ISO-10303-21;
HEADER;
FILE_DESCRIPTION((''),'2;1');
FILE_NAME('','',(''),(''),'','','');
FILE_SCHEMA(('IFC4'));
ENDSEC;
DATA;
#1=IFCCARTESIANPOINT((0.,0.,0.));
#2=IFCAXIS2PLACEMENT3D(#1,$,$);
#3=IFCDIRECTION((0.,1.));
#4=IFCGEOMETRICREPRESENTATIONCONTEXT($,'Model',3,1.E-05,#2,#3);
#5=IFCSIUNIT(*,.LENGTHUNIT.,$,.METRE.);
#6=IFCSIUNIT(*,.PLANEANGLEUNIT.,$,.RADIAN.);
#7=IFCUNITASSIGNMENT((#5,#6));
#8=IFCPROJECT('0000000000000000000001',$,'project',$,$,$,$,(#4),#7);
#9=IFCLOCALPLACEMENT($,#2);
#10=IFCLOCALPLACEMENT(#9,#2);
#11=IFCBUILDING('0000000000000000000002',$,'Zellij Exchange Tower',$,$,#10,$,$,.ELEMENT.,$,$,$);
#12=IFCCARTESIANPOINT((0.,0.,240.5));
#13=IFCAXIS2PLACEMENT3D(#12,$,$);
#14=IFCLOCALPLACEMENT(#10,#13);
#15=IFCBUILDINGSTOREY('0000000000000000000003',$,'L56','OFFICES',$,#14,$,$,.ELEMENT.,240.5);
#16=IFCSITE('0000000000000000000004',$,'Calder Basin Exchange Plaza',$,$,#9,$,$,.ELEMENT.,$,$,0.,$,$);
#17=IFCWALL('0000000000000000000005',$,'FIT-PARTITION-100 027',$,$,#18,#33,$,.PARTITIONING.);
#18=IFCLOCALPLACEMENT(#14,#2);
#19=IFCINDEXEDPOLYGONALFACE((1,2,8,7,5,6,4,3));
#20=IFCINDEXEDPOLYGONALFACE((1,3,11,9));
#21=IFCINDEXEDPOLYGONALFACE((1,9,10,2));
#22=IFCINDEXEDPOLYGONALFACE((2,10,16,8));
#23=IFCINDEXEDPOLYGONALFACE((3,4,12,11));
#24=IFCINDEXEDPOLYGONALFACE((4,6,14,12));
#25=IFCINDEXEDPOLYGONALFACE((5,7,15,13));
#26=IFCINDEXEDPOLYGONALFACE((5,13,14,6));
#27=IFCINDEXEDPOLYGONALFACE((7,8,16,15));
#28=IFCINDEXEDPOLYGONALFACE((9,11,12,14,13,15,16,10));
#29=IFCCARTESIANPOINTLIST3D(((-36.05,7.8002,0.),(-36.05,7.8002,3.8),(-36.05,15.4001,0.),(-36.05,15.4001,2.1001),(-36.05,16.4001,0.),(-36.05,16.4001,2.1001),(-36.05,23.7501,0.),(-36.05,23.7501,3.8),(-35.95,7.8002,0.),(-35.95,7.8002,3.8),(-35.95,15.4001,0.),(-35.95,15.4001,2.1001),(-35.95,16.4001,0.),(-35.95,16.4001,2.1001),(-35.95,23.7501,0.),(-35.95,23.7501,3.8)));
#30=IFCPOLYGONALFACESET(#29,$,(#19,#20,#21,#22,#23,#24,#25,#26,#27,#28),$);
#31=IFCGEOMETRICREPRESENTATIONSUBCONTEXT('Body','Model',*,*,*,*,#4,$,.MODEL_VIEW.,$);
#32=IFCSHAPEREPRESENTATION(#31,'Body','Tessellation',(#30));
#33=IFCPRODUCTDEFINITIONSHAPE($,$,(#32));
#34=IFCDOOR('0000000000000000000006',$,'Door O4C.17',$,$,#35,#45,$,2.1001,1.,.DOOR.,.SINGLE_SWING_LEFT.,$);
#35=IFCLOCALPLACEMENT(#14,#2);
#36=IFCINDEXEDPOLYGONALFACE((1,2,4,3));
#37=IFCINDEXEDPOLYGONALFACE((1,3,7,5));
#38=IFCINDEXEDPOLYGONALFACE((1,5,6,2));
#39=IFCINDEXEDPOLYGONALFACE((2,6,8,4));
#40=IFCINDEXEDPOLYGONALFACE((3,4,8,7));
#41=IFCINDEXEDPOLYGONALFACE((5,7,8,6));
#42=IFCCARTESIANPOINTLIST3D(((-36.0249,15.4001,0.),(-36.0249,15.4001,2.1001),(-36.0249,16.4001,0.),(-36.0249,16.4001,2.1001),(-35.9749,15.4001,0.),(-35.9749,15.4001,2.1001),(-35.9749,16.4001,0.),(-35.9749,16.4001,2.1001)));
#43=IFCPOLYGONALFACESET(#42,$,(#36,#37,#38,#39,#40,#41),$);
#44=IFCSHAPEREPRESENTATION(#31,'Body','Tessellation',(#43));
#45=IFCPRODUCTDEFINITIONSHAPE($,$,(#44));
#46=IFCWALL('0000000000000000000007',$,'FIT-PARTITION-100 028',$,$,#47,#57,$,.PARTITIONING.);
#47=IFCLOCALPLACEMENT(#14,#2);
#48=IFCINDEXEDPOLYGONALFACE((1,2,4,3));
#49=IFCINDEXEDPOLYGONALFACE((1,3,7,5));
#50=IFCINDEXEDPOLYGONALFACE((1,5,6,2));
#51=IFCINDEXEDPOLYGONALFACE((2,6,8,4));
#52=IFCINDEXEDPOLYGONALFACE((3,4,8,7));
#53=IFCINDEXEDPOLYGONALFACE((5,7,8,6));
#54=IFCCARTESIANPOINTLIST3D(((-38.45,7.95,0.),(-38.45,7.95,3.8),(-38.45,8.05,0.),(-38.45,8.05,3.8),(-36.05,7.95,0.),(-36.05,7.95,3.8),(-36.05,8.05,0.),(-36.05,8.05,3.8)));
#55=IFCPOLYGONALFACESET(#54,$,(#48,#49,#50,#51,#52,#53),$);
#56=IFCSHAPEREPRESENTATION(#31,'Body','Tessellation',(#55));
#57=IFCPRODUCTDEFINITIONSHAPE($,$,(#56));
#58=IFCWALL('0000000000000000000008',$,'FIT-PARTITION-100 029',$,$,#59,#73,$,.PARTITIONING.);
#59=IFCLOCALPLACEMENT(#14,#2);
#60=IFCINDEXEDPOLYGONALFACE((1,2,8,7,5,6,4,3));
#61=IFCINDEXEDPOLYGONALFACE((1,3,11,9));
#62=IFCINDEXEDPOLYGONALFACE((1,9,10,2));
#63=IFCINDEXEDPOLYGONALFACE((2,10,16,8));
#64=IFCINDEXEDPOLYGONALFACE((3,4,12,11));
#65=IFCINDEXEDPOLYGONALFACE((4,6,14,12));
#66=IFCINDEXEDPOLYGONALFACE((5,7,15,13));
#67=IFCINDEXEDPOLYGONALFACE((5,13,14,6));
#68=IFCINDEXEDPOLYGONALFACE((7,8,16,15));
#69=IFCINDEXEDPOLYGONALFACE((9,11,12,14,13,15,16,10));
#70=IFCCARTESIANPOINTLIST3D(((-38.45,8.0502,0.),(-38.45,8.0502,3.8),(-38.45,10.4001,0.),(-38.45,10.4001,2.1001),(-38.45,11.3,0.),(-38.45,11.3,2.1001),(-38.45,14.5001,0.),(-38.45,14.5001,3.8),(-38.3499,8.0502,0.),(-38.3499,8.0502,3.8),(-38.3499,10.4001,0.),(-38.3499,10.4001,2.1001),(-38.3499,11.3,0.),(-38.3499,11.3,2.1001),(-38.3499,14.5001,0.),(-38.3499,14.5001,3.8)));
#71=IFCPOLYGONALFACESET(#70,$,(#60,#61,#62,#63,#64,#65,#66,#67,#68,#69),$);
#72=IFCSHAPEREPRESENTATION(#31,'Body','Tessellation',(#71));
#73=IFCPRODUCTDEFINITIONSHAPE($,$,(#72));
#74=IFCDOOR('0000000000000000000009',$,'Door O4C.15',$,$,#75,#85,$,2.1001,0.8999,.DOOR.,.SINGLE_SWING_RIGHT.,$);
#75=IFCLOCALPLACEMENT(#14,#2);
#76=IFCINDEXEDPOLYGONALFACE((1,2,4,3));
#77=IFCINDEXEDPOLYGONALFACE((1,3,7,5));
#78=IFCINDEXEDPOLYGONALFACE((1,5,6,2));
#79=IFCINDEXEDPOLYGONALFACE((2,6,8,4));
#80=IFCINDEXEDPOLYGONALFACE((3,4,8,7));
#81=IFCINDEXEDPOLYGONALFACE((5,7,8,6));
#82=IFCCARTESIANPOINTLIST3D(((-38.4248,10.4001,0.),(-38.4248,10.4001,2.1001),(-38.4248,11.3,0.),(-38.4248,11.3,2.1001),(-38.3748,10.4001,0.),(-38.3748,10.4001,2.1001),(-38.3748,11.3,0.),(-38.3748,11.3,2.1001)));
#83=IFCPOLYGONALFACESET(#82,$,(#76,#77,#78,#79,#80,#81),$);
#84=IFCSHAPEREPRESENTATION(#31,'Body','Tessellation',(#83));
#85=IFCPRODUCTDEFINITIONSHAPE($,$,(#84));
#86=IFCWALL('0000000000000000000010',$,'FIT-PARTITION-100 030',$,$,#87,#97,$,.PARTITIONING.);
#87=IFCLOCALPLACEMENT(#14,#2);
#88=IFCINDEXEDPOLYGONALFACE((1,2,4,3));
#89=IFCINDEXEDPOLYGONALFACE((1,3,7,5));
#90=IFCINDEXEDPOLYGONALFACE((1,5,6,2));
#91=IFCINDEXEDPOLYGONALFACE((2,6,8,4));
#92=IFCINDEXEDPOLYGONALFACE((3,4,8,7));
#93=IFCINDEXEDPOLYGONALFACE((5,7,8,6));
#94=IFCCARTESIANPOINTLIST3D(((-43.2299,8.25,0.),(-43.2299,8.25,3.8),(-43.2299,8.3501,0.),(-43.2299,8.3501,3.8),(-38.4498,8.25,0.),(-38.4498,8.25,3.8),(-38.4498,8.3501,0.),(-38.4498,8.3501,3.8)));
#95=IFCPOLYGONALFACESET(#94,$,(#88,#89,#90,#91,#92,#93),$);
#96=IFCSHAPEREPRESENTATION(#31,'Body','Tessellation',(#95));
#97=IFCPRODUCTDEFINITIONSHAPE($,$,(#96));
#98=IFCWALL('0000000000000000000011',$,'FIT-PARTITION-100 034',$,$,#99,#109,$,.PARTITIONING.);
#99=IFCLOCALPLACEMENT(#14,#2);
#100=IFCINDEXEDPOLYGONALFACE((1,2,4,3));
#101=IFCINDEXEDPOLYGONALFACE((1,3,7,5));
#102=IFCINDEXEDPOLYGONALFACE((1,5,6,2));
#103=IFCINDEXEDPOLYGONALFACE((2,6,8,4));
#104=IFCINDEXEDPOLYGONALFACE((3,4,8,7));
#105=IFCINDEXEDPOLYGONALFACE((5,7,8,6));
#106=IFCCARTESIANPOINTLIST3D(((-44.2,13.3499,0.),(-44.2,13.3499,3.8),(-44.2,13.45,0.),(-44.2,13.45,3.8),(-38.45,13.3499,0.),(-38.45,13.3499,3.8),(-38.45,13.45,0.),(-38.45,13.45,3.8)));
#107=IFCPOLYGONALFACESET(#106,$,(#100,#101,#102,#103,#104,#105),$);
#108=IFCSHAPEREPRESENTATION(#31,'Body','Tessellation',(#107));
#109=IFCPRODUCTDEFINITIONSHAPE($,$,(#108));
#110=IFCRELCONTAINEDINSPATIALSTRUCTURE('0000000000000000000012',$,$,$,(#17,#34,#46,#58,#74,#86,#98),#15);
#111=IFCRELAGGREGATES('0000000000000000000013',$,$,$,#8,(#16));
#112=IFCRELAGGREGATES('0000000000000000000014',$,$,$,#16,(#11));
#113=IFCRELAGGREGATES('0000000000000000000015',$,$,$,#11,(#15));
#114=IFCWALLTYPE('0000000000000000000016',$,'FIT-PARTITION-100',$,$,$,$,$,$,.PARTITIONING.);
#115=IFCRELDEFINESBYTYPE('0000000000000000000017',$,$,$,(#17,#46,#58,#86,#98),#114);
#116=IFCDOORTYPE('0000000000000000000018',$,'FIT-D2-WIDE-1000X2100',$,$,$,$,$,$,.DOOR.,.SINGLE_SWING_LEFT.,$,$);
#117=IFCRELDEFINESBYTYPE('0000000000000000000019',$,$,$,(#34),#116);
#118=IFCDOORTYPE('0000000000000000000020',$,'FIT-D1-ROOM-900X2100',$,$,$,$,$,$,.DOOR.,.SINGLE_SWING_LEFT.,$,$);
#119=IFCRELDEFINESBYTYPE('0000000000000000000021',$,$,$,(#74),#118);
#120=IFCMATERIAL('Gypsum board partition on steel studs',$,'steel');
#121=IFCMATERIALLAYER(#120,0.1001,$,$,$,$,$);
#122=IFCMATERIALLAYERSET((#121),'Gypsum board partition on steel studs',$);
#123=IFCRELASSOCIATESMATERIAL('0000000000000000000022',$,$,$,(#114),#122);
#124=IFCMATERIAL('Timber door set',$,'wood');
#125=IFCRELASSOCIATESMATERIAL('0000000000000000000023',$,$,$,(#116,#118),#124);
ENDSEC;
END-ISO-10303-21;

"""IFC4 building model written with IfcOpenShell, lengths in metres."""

from ifc_helpers import new_model, si_unit, direction, frame, frame_2d, origin, place, context, subcontext, project, spatial, rectangle, extrude, material, layer, layer_set, type_object, element, fill, save


model = new_model("IFC4")

# Units and contexts
model_context = context("Model", 3, precision=1e-05, world=origin(), true_north=direction((0.0, 1.0)))
body_context = subcontext(model_context, "Body", "Model", "MODEL_VIEW")
ifc_project = project(units=[si_unit("LENGTHUNIT", "METRE"), si_unit("PLANEANGLEUNIT", "RADIAN")], contexts=[model_context])

# Site, building, storey
site_placement = place(None, origin())
site = spatial("IfcSite", under=ifc_project, at=site_placement, Name="Calder Basin Exchange Plaza", CompositionType="ELEMENT", RefElevation=0.0)
building_placement = place(site_placement, origin())
building = spatial("IfcBuilding", under=site, at=building_placement, Name="Zellij Exchange Tower", CompositionType="ELEMENT")
storey_placement = place(building_placement, frame((0.0, 0.0, 240.5)))
storey = spatial("IfcBuildingStorey", under=building, at=storey_placement, Name="L56", Description="OFFICES", CompositionType="ELEMENT", Elevation=240.5)

# Shared definitions
ifc_material_1 = material(Name="Timber door set", Category="wood")

# Wall, opening, door
ifc_material_2 = material(Name="Gypsum board partition on steel studs", Category="steel")
ifc_layer_1 = layer(ifc_material_2, 0.1001)
ifc_layer_set_1 = layer_set([ifc_layer_1], Name="Gypsum board partition on steel studs")
wall_type_1 = type_object("IfcWallType", Name="FIT-PARTITION-100", PredefinedType="PARTITIONING", material=ifc_layer_set_1)
wall_1_placement = place(storey_placement, frame((-36.0, 7.8, 0.0), z_axis=(0.0, 0.0, 1.0), x_axis=(0.0, 1.0, 0.0)))
wall_1 = element("IfcWall", 1, at=wall_1_placement, inside=storey, type_object=wall_type_1, Name="FIT-PARTITION-100 027", PredefinedType="PARTITIONING", context=body_context, shape_type="SweptSolid", body=[
    extrude(rectangle(XDim=15.95, YDim=0.1001, at=frame_2d((7.9751, 0.0))), origin(), (0.0, 0.0, 1.0), 3.8),
])
opening_1_placement = place(wall_1_placement, frame((7.6001, 0.0, 0.0)))
opening_1 = element("IfcOpeningElement", 2, at=opening_1_placement, cuts=wall_1, PredefinedType="OPENING", context=body_context, shape_type="SweptSolid", body=[
    extrude(rectangle(XDim=1.0, YDim=2.1001, at=frame_2d((0.5, 1.05))), frame((0.0, 0.062, 0.0), z_axis=(0.0, -1.0, 0.0), x_axis=(1.0, 0.0, 0.0)), (0.0, 0.0, 1.0), 0.124),
])
door_type_1 = type_object("IfcDoorType", Name="FIT-D2-WIDE-1000X2100", OperationType="SINGLE_SWING_LEFT", PredefinedType="DOOR", material=ifc_material_1)
door_1_placement = place(opening_1_placement, origin())
door_1 = element("IfcDoor", 3, at=door_1_placement, inside=storey, type_object=door_type_1, Name="Door O4C.17", OperationType="SINGLE_SWING_LEFT", OverallHeight=2.1001, OverallWidth=1.0, PredefinedType="DOOR", context=body_context, shape_type="SweptSolid", body=[
    extrude(rectangle(XDim=1.0, YDim=2.1001, at=frame_2d((0.5, 1.05))), frame((0.0, 0.0249, 0.0), z_axis=(0.0, -1.0, 0.0), x_axis=(1.0, 0.0, 0.0)), (0.0, 0.0, 1.0), 0.05),
])
fill(opening_1, door_1)

# Wall
wall_2_placement = place(storey_placement, frame((-38.45, 8.0, 0.0), z_axis=(0.0, 0.0, 1.0), x_axis=(1.0, 0.0, 0.0)))
element("IfcWall", 4, at=wall_2_placement, inside=storey, type_object=wall_type_1, Name="FIT-PARTITION-100 028", PredefinedType="PARTITIONING", context=body_context, shape_type="SweptSolid", body=[
    extrude(rectangle(XDim=2.3999, YDim=0.1001, at=frame_2d((1.2, 0.0))), origin(), (0.0, 0.0, 1.0), 3.8),
])

# Wall, opening, door
wall_3_placement = place(storey_placement, frame((-38.3999, 8.05, 0.0), z_axis=(0.0, 0.0, 1.0), x_axis=(0.0, 1.0, 0.0)))
wall_3 = element("IfcWall", 5, at=wall_3_placement, inside=storey, type_object=wall_type_1, Name="FIT-PARTITION-100 029", PredefinedType="PARTITIONING", context=body_context, shape_type="SweptSolid", body=[
    extrude(rectangle(XDim=6.45, YDim=0.1001, at=frame_2d((3.2251, 0.0))), origin(), (0.0, 0.0, 1.0), 3.8),
])
opening_2_placement = place(wall_3_placement, frame((2.3501, 0.0, 0.0)))
opening_2 = element("IfcOpeningElement", 6, at=opening_2_placement, cuts=wall_3, PredefinedType="OPENING", context=body_context, shape_type="SweptSolid", body=[
    extrude(rectangle(XDim=0.8999, YDim=2.1001, at=frame_2d((0.45, 1.05))), frame((0.0, 0.062, 0.0), z_axis=(0.0, -1.0, 0.0), x_axis=(1.0, 0.0, 0.0)), (0.0, 0.0, 1.0), 0.124),
])
door_type_2 = type_object("IfcDoorType", Name="FIT-D1-ROOM-900X2100", OperationType="SINGLE_SWING_LEFT", PredefinedType="DOOR", material=ifc_material_1)
door_2_placement = place(opening_2_placement, origin())
door_2 = element("IfcDoor", 7, at=door_2_placement, inside=storey, type_object=door_type_2, Name="Door O4C.15", OperationType="SINGLE_SWING_RIGHT", OverallHeight=2.1001, OverallWidth=0.8999, PredefinedType="DOOR", context=body_context, shape_type="SweptSolid", body=[
    extrude(rectangle(XDim=0.8999, YDim=2.1001, at=frame_2d((0.45, 1.05))), frame((0.0, 0.0249, 0.0), z_axis=(0.0, -1.0, 0.0), x_axis=(1.0, 0.0, 0.0)), (0.0, 0.0, 1.0), 0.05),
])
fill(opening_2, door_2)

# Walls
wall_4_placement = place(storey_placement, frame((-43.23, 8.3, 0.0), z_axis=(0.0, 0.0, 1.0), x_axis=(1.0, 0.0, 0.0)))
element("IfcWall", 8, at=wall_4_placement, inside=storey, type_object=wall_type_1, Name="FIT-PARTITION-100 030", PredefinedType="PARTITIONING", context=body_context, shape_type="SweptSolid", body=[
    extrude(rectangle(XDim=4.78, YDim=0.1001, at=frame_2d((2.3901, 0.0))), origin(), (0.0, 0.0, 1.0), 3.8),
])
wall_5_placement = place(storey_placement, frame((-44.2, 13.3999, 0.0), z_axis=(0.0, 0.0, 1.0), x_axis=(1.0, 0.0, 0.0)))
element("IfcWall", 9, at=wall_5_placement, inside=storey, type_object=wall_type_1, Name="FIT-PARTITION-100 034", PredefinedType="PARTITIONING", context=body_context, shape_type="SweptSolid", body=[
    extrude(rectangle(XDim=5.75, YDim=0.1001, at=frame_2d((2.875, 0.0))), origin(), (0.0, 0.0, 1.0), 3.8),
])

save(model, "model.ifc")
